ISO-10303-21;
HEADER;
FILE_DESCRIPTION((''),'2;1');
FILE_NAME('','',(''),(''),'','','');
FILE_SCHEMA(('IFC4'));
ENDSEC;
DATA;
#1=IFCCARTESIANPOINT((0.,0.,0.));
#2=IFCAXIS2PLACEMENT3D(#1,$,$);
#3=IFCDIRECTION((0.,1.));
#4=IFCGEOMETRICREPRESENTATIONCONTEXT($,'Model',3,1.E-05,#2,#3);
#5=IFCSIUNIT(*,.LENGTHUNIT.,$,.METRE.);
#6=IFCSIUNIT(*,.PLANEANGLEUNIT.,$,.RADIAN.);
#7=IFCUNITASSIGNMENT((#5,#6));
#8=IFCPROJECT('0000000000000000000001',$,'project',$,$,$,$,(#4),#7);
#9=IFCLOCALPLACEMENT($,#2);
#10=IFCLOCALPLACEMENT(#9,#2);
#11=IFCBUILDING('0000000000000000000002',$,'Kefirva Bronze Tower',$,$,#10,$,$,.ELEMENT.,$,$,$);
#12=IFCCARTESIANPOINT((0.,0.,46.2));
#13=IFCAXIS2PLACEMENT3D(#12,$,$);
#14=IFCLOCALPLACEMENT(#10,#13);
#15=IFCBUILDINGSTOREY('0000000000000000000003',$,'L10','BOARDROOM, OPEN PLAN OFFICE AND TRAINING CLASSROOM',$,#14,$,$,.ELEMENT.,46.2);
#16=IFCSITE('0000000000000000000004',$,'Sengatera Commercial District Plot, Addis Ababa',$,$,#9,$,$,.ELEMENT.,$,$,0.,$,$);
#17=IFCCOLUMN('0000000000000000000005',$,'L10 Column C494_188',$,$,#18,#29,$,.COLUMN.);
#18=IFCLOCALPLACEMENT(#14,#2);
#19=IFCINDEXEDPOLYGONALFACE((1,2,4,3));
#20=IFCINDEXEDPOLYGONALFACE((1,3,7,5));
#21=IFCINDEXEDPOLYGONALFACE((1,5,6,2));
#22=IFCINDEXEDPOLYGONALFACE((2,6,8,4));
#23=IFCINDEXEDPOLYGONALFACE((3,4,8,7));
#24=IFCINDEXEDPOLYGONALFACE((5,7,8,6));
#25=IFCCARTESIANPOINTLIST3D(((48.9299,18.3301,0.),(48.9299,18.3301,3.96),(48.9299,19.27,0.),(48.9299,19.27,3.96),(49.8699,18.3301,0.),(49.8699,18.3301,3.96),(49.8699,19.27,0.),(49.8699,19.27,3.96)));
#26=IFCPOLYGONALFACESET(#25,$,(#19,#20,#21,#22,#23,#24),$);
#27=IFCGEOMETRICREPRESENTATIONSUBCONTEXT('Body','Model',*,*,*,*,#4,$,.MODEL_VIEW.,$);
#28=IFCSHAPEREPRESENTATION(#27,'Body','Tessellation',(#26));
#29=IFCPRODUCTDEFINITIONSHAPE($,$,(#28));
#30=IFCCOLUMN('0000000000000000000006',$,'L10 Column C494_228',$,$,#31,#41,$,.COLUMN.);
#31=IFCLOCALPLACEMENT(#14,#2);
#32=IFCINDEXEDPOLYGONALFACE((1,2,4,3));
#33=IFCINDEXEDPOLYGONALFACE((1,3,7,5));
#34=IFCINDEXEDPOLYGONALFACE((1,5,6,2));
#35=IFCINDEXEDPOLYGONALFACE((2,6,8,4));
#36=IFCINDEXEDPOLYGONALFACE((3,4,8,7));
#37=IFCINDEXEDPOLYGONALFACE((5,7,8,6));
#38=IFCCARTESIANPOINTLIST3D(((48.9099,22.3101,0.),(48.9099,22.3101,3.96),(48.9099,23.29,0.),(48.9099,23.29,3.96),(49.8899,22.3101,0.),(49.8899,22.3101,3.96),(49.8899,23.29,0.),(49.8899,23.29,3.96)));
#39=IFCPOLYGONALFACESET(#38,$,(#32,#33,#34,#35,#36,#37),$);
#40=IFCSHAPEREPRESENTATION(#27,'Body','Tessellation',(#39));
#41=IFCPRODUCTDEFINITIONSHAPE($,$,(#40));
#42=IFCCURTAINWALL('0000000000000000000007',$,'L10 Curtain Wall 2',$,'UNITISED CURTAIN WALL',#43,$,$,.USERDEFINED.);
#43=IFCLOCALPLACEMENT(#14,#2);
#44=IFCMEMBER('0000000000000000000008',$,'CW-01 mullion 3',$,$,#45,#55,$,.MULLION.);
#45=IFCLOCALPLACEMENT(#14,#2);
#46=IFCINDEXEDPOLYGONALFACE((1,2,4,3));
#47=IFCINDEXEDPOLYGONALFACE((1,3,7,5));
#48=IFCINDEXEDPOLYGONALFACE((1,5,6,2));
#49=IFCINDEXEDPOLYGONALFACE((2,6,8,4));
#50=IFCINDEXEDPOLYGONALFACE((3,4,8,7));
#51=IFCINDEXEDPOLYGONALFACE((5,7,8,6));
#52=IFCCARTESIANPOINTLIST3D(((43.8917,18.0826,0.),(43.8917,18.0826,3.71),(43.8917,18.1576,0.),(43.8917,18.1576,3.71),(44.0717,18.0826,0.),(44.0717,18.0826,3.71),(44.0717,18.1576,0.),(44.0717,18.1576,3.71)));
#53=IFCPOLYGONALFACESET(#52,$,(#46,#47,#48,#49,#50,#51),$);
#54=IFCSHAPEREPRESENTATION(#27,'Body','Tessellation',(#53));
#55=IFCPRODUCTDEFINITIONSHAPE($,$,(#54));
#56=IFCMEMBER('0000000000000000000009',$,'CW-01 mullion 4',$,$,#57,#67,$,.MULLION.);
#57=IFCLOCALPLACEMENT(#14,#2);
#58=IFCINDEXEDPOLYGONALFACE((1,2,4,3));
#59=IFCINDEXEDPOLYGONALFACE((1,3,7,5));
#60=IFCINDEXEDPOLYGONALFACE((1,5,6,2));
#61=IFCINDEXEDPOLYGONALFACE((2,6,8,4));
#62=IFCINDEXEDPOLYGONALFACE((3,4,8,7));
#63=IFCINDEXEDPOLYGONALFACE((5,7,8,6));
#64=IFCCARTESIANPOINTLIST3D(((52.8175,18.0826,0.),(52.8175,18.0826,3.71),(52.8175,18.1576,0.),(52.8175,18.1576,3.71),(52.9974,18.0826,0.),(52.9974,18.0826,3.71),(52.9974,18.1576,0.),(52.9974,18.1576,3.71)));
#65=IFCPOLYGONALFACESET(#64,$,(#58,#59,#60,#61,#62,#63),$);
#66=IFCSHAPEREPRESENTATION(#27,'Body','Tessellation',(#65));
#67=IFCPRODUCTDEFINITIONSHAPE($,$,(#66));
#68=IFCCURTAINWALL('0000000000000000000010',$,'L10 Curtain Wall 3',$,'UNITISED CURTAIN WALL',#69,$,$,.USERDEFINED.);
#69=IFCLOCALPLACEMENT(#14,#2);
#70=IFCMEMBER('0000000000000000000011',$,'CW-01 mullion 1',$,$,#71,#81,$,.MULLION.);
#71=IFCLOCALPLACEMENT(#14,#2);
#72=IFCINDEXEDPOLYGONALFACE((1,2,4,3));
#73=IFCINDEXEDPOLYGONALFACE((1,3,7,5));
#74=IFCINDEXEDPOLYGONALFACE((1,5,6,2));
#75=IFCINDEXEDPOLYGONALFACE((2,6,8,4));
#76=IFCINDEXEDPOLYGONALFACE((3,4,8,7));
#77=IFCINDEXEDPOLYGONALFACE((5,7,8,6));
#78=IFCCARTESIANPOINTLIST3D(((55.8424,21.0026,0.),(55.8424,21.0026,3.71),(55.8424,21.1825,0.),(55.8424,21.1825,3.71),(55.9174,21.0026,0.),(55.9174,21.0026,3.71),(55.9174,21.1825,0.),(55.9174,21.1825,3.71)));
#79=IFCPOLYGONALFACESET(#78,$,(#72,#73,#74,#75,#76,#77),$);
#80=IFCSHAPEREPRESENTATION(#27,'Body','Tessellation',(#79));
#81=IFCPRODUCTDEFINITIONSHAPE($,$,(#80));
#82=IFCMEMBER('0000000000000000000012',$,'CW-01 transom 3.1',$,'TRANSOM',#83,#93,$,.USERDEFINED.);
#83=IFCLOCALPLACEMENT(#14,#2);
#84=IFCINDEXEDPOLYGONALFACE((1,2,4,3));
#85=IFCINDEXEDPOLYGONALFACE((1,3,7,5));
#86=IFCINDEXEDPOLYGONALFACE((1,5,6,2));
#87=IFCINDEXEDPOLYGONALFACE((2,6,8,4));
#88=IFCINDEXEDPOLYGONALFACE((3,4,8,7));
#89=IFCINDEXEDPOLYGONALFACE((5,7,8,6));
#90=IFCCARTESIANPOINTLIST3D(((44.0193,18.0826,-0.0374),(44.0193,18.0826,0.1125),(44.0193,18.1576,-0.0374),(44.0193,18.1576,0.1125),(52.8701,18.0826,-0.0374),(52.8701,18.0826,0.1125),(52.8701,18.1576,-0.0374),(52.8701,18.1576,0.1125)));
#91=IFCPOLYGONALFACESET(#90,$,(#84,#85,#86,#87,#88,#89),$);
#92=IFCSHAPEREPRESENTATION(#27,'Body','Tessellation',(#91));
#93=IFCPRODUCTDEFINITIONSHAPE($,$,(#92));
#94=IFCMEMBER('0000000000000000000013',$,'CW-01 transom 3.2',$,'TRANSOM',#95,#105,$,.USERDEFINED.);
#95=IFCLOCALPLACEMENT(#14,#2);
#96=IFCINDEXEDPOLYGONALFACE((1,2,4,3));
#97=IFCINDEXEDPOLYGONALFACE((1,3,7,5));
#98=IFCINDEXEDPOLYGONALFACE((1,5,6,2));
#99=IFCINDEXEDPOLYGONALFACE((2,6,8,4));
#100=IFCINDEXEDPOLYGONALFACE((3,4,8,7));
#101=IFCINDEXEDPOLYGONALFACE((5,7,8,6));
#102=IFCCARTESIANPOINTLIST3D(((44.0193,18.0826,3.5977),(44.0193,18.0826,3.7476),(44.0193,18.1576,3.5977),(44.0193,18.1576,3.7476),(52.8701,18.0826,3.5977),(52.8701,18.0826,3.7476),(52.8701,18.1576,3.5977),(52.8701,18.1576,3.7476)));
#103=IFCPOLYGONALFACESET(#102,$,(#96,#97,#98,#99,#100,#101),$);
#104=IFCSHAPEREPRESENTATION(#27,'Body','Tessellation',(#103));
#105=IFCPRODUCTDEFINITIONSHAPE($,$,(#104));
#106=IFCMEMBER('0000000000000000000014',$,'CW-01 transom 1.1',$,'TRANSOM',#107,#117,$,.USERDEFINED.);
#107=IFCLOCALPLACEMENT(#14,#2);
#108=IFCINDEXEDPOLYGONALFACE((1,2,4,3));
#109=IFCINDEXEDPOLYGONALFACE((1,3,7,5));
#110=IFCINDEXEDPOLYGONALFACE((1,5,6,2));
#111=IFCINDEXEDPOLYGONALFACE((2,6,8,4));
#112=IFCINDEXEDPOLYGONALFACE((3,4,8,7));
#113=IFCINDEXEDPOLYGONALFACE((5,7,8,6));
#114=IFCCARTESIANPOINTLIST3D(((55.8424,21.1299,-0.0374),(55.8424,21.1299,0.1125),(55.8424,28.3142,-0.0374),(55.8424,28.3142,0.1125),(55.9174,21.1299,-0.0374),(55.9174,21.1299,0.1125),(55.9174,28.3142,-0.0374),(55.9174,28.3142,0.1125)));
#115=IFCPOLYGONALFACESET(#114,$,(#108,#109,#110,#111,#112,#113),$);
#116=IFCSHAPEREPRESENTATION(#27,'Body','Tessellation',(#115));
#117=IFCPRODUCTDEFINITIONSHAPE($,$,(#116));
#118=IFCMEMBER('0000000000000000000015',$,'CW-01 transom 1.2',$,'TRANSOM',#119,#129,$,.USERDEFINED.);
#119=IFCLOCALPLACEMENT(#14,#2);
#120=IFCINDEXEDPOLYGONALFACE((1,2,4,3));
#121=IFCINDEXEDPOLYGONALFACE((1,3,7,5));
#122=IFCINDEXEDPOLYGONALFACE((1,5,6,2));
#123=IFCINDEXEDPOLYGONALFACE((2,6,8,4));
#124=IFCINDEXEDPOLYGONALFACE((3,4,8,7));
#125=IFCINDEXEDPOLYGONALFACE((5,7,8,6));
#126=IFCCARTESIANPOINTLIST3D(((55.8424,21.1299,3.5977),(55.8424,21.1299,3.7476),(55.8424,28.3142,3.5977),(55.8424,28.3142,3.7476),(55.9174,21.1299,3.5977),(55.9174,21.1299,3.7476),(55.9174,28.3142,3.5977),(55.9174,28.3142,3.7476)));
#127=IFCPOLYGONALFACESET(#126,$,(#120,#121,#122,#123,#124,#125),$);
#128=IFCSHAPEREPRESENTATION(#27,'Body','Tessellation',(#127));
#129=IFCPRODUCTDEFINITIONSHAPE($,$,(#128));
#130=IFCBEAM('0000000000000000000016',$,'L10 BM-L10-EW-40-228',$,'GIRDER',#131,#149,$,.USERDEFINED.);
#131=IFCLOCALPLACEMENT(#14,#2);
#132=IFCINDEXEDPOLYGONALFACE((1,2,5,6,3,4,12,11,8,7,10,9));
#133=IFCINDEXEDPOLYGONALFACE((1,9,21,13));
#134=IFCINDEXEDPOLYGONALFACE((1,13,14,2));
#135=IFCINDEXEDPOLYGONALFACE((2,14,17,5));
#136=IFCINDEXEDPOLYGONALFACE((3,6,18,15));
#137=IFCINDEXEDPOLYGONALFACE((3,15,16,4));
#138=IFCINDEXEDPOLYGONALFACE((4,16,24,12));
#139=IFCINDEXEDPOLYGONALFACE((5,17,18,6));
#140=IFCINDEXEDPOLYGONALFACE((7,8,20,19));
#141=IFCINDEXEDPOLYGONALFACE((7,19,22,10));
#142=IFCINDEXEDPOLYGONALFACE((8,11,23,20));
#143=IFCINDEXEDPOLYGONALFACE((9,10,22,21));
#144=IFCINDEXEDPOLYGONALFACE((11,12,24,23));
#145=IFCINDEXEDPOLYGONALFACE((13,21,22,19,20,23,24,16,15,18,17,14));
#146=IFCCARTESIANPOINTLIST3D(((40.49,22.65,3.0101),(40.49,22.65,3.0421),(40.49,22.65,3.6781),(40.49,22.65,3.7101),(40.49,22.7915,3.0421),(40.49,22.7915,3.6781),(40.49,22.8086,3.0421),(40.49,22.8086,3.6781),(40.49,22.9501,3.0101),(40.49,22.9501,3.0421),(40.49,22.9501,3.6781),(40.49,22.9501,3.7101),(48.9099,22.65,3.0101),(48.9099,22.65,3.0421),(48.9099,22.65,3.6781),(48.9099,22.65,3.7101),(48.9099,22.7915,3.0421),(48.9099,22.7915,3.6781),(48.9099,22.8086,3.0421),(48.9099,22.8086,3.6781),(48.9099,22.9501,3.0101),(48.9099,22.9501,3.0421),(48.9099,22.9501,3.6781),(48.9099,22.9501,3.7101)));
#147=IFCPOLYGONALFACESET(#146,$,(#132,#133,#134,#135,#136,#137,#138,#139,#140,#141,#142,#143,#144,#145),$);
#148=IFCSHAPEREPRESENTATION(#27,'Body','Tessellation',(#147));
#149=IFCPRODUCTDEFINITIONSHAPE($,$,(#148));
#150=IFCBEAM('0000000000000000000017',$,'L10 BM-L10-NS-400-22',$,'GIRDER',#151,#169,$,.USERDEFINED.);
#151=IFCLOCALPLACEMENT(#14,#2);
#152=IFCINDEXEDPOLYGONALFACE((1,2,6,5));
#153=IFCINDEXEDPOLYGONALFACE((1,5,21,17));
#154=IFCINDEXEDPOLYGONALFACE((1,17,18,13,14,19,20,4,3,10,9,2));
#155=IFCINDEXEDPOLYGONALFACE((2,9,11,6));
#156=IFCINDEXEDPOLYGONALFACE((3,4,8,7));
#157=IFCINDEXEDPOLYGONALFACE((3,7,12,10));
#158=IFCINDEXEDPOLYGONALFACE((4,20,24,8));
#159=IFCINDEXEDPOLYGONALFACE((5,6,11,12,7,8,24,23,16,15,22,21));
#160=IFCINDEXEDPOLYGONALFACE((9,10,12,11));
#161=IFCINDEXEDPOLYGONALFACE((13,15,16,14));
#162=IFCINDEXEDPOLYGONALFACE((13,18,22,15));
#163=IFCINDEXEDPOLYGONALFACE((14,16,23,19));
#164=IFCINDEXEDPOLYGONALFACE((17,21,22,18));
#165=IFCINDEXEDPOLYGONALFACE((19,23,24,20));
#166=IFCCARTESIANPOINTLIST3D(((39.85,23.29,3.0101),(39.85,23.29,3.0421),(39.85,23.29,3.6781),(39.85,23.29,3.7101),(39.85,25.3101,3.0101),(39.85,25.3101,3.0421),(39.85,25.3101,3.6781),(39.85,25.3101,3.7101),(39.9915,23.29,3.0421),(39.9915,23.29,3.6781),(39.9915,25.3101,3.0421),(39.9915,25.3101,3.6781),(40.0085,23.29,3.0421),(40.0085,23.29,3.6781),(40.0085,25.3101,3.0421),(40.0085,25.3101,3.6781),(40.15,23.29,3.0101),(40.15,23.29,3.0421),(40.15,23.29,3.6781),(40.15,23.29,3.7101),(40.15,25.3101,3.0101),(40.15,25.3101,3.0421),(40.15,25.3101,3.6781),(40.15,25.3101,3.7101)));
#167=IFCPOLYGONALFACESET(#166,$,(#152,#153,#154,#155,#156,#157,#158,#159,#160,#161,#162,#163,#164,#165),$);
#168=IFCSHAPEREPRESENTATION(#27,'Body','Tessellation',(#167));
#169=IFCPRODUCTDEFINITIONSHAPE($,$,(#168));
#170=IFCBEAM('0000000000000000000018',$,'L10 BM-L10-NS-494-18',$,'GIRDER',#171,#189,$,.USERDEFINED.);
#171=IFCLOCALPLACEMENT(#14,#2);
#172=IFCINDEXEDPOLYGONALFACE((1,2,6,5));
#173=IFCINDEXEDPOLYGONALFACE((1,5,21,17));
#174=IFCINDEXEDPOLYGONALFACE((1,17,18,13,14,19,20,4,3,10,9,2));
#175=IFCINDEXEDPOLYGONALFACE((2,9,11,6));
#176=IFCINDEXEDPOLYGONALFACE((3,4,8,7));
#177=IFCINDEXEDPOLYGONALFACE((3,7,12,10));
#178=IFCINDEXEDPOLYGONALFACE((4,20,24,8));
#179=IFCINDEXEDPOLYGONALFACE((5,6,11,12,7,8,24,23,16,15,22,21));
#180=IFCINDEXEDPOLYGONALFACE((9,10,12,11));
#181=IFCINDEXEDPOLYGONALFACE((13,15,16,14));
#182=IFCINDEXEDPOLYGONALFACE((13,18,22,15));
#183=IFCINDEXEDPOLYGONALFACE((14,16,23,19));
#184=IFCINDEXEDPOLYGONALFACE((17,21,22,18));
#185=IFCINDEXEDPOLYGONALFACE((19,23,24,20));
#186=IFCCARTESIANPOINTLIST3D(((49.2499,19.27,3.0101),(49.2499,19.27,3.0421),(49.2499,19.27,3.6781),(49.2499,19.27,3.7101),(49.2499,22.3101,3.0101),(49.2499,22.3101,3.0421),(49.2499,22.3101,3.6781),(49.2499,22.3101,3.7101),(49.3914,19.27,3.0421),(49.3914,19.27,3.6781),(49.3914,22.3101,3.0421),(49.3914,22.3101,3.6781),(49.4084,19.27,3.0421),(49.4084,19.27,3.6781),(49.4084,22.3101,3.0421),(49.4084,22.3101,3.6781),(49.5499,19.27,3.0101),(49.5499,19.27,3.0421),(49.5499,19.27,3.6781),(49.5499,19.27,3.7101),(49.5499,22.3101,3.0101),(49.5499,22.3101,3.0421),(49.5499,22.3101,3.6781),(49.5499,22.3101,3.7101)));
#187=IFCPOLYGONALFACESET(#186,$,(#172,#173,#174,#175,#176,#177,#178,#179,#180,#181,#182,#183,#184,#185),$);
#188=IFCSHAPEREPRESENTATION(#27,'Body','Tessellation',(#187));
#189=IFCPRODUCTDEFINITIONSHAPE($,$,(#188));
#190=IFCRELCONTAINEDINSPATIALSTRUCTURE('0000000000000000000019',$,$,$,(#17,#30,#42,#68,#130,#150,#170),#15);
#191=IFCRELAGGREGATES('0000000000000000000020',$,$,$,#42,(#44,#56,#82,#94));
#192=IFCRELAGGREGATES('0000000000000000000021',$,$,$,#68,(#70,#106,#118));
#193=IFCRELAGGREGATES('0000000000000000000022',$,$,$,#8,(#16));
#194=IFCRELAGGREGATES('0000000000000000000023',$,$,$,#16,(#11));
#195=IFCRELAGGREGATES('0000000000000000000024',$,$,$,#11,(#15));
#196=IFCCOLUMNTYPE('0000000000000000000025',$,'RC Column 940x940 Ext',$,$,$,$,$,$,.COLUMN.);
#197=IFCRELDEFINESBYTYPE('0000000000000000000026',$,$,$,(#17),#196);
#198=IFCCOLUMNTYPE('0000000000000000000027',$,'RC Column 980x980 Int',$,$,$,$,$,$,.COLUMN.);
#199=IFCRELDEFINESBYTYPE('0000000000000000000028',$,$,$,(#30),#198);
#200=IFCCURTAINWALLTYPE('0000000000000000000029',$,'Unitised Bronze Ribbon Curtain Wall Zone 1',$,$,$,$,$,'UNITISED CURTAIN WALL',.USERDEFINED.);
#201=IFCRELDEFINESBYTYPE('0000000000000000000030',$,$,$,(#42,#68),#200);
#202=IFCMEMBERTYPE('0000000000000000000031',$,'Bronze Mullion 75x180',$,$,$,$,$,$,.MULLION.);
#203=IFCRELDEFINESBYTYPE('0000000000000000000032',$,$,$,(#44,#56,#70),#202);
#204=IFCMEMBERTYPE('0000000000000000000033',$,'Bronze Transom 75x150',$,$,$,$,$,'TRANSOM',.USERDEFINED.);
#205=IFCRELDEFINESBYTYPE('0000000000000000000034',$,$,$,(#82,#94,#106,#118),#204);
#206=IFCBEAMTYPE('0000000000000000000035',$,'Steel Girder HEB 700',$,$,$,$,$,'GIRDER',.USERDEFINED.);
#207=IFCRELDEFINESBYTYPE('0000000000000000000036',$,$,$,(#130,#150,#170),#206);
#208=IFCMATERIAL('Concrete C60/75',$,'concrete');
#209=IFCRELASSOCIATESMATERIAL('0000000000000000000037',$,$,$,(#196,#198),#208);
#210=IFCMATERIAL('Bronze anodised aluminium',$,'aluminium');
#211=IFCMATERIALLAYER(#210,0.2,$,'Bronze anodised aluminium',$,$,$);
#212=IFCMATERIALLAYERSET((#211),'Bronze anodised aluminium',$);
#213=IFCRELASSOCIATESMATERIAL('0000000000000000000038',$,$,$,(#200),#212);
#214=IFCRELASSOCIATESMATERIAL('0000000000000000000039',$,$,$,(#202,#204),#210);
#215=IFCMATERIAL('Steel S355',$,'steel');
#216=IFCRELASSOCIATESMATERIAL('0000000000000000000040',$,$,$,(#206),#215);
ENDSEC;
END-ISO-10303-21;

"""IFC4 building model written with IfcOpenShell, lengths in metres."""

from ifc_helpers import new_model, si_unit, direction, frame, origin, origin_2d, place, context, subcontext, project, spatial, rectangle, i_section, extrude, material, layer, layer_set, material_profile, profile_set, type_object, element, aggregate, save


model = new_model("IFC4")

# Units and contexts
model_context = context("Model", 3, precision=1e-05, world=origin(), true_north=direction((0.0, 1.0)))
body_context = subcontext(model_context, "Body", "Model", "MODEL_VIEW")
ifc_project = project(units=[si_unit("LENGTHUNIT", "METRE"), si_unit("PLANEANGLEUNIT", "RADIAN")], contexts=[model_context])

# Site, building, storey
site_placement = place(None, origin())
site = spatial("IfcSite", under=ifc_project, at=site_placement, Name="Sengatera Commercial District Plot, Addis Ababa", CompositionType="ELEMENT", RefElevation=0.0)
building_placement = place(site_placement, origin())
building = spatial("IfcBuilding", under=site, at=building_placement, Name="Kefirva Bronze Tower", CompositionType="ELEMENT")
storey_placement = place(building_placement, frame((0.0, 0.0, 46.2)))
storey = spatial("IfcBuildingStorey", under=building, at=storey_placement, Name="L10", Description="BOARDROOM, OPEN PLAN OFFICE AND TRAINING CLASSROOM", CompositionType="ELEMENT", Elevation=46.2)

# Columns
ifc_material_1 = material(Name="Concrete C60/75", Category="concrete")
ifc_material_profile_1 = material_profile(ifc_material_1, rectangle(XDim=0.9399, YDim=0.9399, at=origin_2d()), Name="RC 940x940")
ifc_profile_set_1 = profile_set([ifc_material_profile_1], Name="Concrete C60/75")
column_type_1 = type_object("IfcColumnType", Name="RC Column 940x940 Ext", PredefinedType="COLUMN", material=ifc_profile_set_1)
column_1_placement = place(storey_placement, frame((49.3999, 18.8, 0.0), z_axis=(0.0, 0.0, 1.0), x_axis=(1.0, 0.0, 0.0)))
element("IfcColumn", 1, at=column_1_placement, inside=storey, type_object=column_type_1, Name="L10 Column C494_188", PredefinedType="COLUMN", context=body_context, shape_type="SweptSolid", body=[
    extrude(rectangle(XDim=0.9399, YDim=0.9399, at=origin_2d()), origin(), (0.0, 0.0, 1.0), 3.96),
])
ifc_material_profile_2 = material_profile(ifc_material_1, rectangle(XDim=0.98, YDim=0.98, at=origin_2d()), Name="RC 980x980")
ifc_profile_set_2 = profile_set([ifc_material_profile_2], Name="Concrete C60/75")
column_type_2 = type_object("IfcColumnType", Name="RC Column 980x980 Int", PredefinedType="COLUMN", material=ifc_profile_set_2)
column_2_placement = place(storey_placement, frame((49.3999, 22.8, 0.0), z_axis=(0.0, 0.0, 1.0), x_axis=(1.0, 0.0, 0.0)))
element("IfcColumn", 2, at=column_2_placement, inside=storey, type_object=column_type_2, Name="L10 Column C494_228", PredefinedType="COLUMN", context=body_context, shape_type="SweptSolid", body=[
    extrude(rectangle(XDim=0.98, YDim=0.98, at=origin_2d()), origin(), (0.0, 0.0, 1.0), 3.96),
])

# Curtain wall, members
ifc_material_2 = material(Name="Bronze anodised aluminium", Category="aluminium")
ifc_layer_1 = layer(ifc_material_2, 0.2, Name="Bronze anodised aluminium")
ifc_layer_set_1 = layer_set([ifc_layer_1], Name="Bronze anodised aluminium")
curtain_wall_type = type_object("IfcCurtainWallType", Name="Unitised Bronze Ribbon Curtain Wall Zone 1", ElementType="UNITISED CURTAIN WALL", PredefinedType="USERDEFINED", material=ifc_layer_set_1)
curtain_wall_1_placement = place(storey_placement, origin())
curtain_wall_1 = element("IfcCurtainWall", 3, at=curtain_wall_1_placement, inside=storey, type_object=curtain_wall_type, Name="L10 Curtain Wall 2", ObjectType="UNITISED CURTAIN WALL", PredefinedType="USERDEFINED")
ifc_material_profile_3 = material_profile(ifc_material_2, rectangle(XDim=0.075, YDim=0.1799, at=origin_2d()), Name="ALU 75x180")
ifc_profile_set_3 = profile_set([ifc_material_profile_3], Name="Bronze anodised aluminium")
member_type_1 = type_object("IfcMemberType", Name="Bronze Mullion 75x180", PredefinedType="MULLION", material=ifc_profile_set_3)
member_1_placement = place(storey_placement, frame((43.9817, 18.1201, 0.0), z_axis=(0.0, 0.0, 1.0), x_axis=(0.0, 1.0, 0.0)))
member_1 = element("IfcMember", 4, at=member_1_placement, type_object=member_type_1, Name="CW-01 mullion 3", PredefinedType="MULLION", context=body_context, shape_type="SweptSolid", body=[
    extrude(rectangle(XDim=0.075, YDim=0.1799, at=origin_2d()), origin(), (0.0, 0.0, 1.0), 3.71),
])
member_2_placement = place(storey_placement, frame((52.9075, 18.1201, 0.0), z_axis=(0.0, 0.0, 1.0), x_axis=(0.0, 1.0, 0.0)))
member_2 = element("IfcMember", 5, at=member_2_placement, type_object=member_type_1, Name="CW-01 mullion 4", PredefinedType="MULLION", context=body_context, shape_type="SweptSolid", body=[
    extrude(rectangle(XDim=0.075, YDim=0.1799, at=origin_2d()), origin(), (0.0, 0.0, 1.0), 3.71),
])

# Curtain wall, member
curtain_wall_2_placement = place(storey_placement, origin())
curtain_wall_2 = element("IfcCurtainWall", 6, at=curtain_wall_2_placement, inside=storey, type_object=curtain_wall_type, Name="L10 Curtain Wall 3", ObjectType="UNITISED CURTAIN WALL", PredefinedType="USERDEFINED")
member_3_placement = place(storey_placement, frame((55.8799, 21.0925, 0.0), z_axis=(0.0, 0.0, 1.0), x_axis=(-1.0, 0.0, 0.0)))
member_3 = element("IfcMember", 7, at=member_3_placement, type_object=member_type_1, Name="CW-01 mullion 1", PredefinedType="MULLION", context=body_context, shape_type="SweptSolid", body=[
    extrude(rectangle(XDim=0.075, YDim=0.1799, at=origin_2d()), origin(), (0.0, 0.0, 1.0), 3.71),
])

# Members
ifc_material_profile_4 = material_profile(ifc_material_2, rectangle(XDim=0.075, YDim=0.1499, at=origin_2d()), Name="ALU 75x150")
ifc_profile_set_4 = profile_set([ifc_material_profile_4], Name="Bronze anodised aluminium")
member_type_2 = type_object("IfcMemberType", Name="Bronze Transom 75x150", ElementType="TRANSOM", PredefinedType="USERDEFINED", material=ifc_profile_set_4)
member_4_placement = place(storey_placement, frame((44.0193, 18.1201, 0.0376), z_axis=(1.0, 0.0, 0.0), x_axis=(0.0, 1.0, 0.0)))
member_4 = element("IfcMember", 8, at=member_4_placement, type_object=member_type_2, Name="CW-01 transom 3.1", ObjectType="TRANSOM", PredefinedType="USERDEFINED", context=body_context, shape_type="SweptSolid", body=[
    extrude(rectangle(XDim=0.075, YDim=0.1499, at=origin_2d()), origin(), (0.0, 0.0, 1.0), 8.8508),
])
member_5_placement = place(storey_placement, frame((44.0193, 18.1201, 3.6726), z_axis=(1.0, 0.0, 0.0), x_axis=(0.0, 1.0, 0.0)))
member_5 = element("IfcMember", 9, at=member_5_placement, type_object=member_type_2, Name="CW-01 transom 3.2", ObjectType="TRANSOM", PredefinedType="USERDEFINED", context=body_context, shape_type="SweptSolid", body=[
    extrude(rectangle(XDim=0.075, YDim=0.1499, at=origin_2d()), origin(), (0.0, 0.0, 1.0), 8.8508),
])
member_6_placement = place(storey_placement, frame((55.8799, 21.1299, 0.0376), z_axis=(0.0, 1.0, 0.0), x_axis=(-1.0, 0.0, 0.0)))
member_6 = element("IfcMember", 10, at=member_6_placement, type_object=member_type_2, Name="CW-01 transom 1.1", ObjectType="TRANSOM", PredefinedType="USERDEFINED", context=body_context, shape_type="SweptSolid", body=[
    extrude(rectangle(XDim=0.075, YDim=0.1499, at=origin_2d()), origin(), (0.0, 0.0, 1.0), 7.1843),
])
member_7_placement = place(storey_placement, frame((55.8799, 21.1299, 3.6726), z_axis=(0.0, 1.0, 0.0), x_axis=(-1.0, 0.0, 0.0)))
member_7 = element("IfcMember", 11, at=member_7_placement, type_object=member_type_2, Name="CW-01 transom 1.2", ObjectType="TRANSOM", PredefinedType="USERDEFINED", context=body_context, shape_type="SweptSolid", body=[
    extrude(rectangle(XDim=0.075, YDim=0.1499, at=origin_2d()), origin(), (0.0, 0.0, 1.0), 7.1843),
])

# Beams
ifc_material_3 = material(Name="Steel S355", Category="steel")
ifc_material_profile_5 = material_profile(ifc_material_3, i_section(OverallWidth=0.3, OverallDepth=0.7, WebThickness=0.0171, FlangeThickness=0.032, at=origin_2d()), Name="HEB 700")
ifc_profile_set_5 = profile_set([ifc_material_profile_5], Name="Steel S355")
beam_type_1 = type_object("IfcBeamType", Name="Steel Girder HEB 700", ElementType="GIRDER", PredefinedType="USERDEFINED", material=ifc_profile_set_5)
beam_1_placement = place(storey_placement, frame((40.49, 22.8, 3.3601), z_axis=(1.0, 0.0, 0.0), x_axis=(0.0, 1.0, 0.0)))
element("IfcBeam", 12, at=beam_1_placement, inside=storey, type_object=beam_type_1, Name="L10 BM-L10-EW-40-228", ObjectType="GIRDER", PredefinedType="USERDEFINED", context=body_context, shape_type="SweptSolid", body=[
    extrude(i_section(OverallWidth=0.3, OverallDepth=0.7, WebThickness=0.0171, FlangeThickness=0.032, at=origin_2d()), origin(), (0.0, 0.0, 1.0), 8.4199),
])
beam_2_placement = place(storey_placement, frame((40.0, 23.29, 3.3601), z_axis=(0.0, 1.0, 0.0), x_axis=(-1.0, 0.0, 0.0)))
element("IfcBeam", 13, at=beam_2_placement, inside=storey, type_object=beam_type_1, Name="L10 BM-L10-NS-400-22", ObjectType="GIRDER", PredefinedType="USERDEFINED", context=body_context, shape_type="SweptSolid", body=[
    extrude(i_section(OverallWidth=0.3, OverallDepth=0.7, WebThickness=0.0171, FlangeThickness=0.032, at=origin_2d()), origin(), (0.0, 0.0, 1.0), 2.02),
])
beam_3_placement = place(storey_placement, frame((49.3999, 19.27, 3.3601), z_axis=(0.0, 1.0, 0.0), x_axis=(-1.0, 0.0, 0.0)))
element("IfcBeam", 14, at=beam_3_placement, inside=storey, type_object=beam_type_1, Name="L10 BM-L10-NS-494-18", ObjectType="GIRDER", PredefinedType="USERDEFINED", context=body_context, shape_type="SweptSolid", body=[
    extrude(i_section(OverallWidth=0.3, OverallDepth=0.7, WebThickness=0.0171, FlangeThickness=0.032, at=origin_2d()), origin(), (0.0, 0.0, 1.0), 3.04),
])

aggregate(curtain_wall_1, [member_1, member_2, member_4, member_5])
aggregate(curtain_wall_2, [member_3, member_6, member_7])

save(model, "model.ifc")
